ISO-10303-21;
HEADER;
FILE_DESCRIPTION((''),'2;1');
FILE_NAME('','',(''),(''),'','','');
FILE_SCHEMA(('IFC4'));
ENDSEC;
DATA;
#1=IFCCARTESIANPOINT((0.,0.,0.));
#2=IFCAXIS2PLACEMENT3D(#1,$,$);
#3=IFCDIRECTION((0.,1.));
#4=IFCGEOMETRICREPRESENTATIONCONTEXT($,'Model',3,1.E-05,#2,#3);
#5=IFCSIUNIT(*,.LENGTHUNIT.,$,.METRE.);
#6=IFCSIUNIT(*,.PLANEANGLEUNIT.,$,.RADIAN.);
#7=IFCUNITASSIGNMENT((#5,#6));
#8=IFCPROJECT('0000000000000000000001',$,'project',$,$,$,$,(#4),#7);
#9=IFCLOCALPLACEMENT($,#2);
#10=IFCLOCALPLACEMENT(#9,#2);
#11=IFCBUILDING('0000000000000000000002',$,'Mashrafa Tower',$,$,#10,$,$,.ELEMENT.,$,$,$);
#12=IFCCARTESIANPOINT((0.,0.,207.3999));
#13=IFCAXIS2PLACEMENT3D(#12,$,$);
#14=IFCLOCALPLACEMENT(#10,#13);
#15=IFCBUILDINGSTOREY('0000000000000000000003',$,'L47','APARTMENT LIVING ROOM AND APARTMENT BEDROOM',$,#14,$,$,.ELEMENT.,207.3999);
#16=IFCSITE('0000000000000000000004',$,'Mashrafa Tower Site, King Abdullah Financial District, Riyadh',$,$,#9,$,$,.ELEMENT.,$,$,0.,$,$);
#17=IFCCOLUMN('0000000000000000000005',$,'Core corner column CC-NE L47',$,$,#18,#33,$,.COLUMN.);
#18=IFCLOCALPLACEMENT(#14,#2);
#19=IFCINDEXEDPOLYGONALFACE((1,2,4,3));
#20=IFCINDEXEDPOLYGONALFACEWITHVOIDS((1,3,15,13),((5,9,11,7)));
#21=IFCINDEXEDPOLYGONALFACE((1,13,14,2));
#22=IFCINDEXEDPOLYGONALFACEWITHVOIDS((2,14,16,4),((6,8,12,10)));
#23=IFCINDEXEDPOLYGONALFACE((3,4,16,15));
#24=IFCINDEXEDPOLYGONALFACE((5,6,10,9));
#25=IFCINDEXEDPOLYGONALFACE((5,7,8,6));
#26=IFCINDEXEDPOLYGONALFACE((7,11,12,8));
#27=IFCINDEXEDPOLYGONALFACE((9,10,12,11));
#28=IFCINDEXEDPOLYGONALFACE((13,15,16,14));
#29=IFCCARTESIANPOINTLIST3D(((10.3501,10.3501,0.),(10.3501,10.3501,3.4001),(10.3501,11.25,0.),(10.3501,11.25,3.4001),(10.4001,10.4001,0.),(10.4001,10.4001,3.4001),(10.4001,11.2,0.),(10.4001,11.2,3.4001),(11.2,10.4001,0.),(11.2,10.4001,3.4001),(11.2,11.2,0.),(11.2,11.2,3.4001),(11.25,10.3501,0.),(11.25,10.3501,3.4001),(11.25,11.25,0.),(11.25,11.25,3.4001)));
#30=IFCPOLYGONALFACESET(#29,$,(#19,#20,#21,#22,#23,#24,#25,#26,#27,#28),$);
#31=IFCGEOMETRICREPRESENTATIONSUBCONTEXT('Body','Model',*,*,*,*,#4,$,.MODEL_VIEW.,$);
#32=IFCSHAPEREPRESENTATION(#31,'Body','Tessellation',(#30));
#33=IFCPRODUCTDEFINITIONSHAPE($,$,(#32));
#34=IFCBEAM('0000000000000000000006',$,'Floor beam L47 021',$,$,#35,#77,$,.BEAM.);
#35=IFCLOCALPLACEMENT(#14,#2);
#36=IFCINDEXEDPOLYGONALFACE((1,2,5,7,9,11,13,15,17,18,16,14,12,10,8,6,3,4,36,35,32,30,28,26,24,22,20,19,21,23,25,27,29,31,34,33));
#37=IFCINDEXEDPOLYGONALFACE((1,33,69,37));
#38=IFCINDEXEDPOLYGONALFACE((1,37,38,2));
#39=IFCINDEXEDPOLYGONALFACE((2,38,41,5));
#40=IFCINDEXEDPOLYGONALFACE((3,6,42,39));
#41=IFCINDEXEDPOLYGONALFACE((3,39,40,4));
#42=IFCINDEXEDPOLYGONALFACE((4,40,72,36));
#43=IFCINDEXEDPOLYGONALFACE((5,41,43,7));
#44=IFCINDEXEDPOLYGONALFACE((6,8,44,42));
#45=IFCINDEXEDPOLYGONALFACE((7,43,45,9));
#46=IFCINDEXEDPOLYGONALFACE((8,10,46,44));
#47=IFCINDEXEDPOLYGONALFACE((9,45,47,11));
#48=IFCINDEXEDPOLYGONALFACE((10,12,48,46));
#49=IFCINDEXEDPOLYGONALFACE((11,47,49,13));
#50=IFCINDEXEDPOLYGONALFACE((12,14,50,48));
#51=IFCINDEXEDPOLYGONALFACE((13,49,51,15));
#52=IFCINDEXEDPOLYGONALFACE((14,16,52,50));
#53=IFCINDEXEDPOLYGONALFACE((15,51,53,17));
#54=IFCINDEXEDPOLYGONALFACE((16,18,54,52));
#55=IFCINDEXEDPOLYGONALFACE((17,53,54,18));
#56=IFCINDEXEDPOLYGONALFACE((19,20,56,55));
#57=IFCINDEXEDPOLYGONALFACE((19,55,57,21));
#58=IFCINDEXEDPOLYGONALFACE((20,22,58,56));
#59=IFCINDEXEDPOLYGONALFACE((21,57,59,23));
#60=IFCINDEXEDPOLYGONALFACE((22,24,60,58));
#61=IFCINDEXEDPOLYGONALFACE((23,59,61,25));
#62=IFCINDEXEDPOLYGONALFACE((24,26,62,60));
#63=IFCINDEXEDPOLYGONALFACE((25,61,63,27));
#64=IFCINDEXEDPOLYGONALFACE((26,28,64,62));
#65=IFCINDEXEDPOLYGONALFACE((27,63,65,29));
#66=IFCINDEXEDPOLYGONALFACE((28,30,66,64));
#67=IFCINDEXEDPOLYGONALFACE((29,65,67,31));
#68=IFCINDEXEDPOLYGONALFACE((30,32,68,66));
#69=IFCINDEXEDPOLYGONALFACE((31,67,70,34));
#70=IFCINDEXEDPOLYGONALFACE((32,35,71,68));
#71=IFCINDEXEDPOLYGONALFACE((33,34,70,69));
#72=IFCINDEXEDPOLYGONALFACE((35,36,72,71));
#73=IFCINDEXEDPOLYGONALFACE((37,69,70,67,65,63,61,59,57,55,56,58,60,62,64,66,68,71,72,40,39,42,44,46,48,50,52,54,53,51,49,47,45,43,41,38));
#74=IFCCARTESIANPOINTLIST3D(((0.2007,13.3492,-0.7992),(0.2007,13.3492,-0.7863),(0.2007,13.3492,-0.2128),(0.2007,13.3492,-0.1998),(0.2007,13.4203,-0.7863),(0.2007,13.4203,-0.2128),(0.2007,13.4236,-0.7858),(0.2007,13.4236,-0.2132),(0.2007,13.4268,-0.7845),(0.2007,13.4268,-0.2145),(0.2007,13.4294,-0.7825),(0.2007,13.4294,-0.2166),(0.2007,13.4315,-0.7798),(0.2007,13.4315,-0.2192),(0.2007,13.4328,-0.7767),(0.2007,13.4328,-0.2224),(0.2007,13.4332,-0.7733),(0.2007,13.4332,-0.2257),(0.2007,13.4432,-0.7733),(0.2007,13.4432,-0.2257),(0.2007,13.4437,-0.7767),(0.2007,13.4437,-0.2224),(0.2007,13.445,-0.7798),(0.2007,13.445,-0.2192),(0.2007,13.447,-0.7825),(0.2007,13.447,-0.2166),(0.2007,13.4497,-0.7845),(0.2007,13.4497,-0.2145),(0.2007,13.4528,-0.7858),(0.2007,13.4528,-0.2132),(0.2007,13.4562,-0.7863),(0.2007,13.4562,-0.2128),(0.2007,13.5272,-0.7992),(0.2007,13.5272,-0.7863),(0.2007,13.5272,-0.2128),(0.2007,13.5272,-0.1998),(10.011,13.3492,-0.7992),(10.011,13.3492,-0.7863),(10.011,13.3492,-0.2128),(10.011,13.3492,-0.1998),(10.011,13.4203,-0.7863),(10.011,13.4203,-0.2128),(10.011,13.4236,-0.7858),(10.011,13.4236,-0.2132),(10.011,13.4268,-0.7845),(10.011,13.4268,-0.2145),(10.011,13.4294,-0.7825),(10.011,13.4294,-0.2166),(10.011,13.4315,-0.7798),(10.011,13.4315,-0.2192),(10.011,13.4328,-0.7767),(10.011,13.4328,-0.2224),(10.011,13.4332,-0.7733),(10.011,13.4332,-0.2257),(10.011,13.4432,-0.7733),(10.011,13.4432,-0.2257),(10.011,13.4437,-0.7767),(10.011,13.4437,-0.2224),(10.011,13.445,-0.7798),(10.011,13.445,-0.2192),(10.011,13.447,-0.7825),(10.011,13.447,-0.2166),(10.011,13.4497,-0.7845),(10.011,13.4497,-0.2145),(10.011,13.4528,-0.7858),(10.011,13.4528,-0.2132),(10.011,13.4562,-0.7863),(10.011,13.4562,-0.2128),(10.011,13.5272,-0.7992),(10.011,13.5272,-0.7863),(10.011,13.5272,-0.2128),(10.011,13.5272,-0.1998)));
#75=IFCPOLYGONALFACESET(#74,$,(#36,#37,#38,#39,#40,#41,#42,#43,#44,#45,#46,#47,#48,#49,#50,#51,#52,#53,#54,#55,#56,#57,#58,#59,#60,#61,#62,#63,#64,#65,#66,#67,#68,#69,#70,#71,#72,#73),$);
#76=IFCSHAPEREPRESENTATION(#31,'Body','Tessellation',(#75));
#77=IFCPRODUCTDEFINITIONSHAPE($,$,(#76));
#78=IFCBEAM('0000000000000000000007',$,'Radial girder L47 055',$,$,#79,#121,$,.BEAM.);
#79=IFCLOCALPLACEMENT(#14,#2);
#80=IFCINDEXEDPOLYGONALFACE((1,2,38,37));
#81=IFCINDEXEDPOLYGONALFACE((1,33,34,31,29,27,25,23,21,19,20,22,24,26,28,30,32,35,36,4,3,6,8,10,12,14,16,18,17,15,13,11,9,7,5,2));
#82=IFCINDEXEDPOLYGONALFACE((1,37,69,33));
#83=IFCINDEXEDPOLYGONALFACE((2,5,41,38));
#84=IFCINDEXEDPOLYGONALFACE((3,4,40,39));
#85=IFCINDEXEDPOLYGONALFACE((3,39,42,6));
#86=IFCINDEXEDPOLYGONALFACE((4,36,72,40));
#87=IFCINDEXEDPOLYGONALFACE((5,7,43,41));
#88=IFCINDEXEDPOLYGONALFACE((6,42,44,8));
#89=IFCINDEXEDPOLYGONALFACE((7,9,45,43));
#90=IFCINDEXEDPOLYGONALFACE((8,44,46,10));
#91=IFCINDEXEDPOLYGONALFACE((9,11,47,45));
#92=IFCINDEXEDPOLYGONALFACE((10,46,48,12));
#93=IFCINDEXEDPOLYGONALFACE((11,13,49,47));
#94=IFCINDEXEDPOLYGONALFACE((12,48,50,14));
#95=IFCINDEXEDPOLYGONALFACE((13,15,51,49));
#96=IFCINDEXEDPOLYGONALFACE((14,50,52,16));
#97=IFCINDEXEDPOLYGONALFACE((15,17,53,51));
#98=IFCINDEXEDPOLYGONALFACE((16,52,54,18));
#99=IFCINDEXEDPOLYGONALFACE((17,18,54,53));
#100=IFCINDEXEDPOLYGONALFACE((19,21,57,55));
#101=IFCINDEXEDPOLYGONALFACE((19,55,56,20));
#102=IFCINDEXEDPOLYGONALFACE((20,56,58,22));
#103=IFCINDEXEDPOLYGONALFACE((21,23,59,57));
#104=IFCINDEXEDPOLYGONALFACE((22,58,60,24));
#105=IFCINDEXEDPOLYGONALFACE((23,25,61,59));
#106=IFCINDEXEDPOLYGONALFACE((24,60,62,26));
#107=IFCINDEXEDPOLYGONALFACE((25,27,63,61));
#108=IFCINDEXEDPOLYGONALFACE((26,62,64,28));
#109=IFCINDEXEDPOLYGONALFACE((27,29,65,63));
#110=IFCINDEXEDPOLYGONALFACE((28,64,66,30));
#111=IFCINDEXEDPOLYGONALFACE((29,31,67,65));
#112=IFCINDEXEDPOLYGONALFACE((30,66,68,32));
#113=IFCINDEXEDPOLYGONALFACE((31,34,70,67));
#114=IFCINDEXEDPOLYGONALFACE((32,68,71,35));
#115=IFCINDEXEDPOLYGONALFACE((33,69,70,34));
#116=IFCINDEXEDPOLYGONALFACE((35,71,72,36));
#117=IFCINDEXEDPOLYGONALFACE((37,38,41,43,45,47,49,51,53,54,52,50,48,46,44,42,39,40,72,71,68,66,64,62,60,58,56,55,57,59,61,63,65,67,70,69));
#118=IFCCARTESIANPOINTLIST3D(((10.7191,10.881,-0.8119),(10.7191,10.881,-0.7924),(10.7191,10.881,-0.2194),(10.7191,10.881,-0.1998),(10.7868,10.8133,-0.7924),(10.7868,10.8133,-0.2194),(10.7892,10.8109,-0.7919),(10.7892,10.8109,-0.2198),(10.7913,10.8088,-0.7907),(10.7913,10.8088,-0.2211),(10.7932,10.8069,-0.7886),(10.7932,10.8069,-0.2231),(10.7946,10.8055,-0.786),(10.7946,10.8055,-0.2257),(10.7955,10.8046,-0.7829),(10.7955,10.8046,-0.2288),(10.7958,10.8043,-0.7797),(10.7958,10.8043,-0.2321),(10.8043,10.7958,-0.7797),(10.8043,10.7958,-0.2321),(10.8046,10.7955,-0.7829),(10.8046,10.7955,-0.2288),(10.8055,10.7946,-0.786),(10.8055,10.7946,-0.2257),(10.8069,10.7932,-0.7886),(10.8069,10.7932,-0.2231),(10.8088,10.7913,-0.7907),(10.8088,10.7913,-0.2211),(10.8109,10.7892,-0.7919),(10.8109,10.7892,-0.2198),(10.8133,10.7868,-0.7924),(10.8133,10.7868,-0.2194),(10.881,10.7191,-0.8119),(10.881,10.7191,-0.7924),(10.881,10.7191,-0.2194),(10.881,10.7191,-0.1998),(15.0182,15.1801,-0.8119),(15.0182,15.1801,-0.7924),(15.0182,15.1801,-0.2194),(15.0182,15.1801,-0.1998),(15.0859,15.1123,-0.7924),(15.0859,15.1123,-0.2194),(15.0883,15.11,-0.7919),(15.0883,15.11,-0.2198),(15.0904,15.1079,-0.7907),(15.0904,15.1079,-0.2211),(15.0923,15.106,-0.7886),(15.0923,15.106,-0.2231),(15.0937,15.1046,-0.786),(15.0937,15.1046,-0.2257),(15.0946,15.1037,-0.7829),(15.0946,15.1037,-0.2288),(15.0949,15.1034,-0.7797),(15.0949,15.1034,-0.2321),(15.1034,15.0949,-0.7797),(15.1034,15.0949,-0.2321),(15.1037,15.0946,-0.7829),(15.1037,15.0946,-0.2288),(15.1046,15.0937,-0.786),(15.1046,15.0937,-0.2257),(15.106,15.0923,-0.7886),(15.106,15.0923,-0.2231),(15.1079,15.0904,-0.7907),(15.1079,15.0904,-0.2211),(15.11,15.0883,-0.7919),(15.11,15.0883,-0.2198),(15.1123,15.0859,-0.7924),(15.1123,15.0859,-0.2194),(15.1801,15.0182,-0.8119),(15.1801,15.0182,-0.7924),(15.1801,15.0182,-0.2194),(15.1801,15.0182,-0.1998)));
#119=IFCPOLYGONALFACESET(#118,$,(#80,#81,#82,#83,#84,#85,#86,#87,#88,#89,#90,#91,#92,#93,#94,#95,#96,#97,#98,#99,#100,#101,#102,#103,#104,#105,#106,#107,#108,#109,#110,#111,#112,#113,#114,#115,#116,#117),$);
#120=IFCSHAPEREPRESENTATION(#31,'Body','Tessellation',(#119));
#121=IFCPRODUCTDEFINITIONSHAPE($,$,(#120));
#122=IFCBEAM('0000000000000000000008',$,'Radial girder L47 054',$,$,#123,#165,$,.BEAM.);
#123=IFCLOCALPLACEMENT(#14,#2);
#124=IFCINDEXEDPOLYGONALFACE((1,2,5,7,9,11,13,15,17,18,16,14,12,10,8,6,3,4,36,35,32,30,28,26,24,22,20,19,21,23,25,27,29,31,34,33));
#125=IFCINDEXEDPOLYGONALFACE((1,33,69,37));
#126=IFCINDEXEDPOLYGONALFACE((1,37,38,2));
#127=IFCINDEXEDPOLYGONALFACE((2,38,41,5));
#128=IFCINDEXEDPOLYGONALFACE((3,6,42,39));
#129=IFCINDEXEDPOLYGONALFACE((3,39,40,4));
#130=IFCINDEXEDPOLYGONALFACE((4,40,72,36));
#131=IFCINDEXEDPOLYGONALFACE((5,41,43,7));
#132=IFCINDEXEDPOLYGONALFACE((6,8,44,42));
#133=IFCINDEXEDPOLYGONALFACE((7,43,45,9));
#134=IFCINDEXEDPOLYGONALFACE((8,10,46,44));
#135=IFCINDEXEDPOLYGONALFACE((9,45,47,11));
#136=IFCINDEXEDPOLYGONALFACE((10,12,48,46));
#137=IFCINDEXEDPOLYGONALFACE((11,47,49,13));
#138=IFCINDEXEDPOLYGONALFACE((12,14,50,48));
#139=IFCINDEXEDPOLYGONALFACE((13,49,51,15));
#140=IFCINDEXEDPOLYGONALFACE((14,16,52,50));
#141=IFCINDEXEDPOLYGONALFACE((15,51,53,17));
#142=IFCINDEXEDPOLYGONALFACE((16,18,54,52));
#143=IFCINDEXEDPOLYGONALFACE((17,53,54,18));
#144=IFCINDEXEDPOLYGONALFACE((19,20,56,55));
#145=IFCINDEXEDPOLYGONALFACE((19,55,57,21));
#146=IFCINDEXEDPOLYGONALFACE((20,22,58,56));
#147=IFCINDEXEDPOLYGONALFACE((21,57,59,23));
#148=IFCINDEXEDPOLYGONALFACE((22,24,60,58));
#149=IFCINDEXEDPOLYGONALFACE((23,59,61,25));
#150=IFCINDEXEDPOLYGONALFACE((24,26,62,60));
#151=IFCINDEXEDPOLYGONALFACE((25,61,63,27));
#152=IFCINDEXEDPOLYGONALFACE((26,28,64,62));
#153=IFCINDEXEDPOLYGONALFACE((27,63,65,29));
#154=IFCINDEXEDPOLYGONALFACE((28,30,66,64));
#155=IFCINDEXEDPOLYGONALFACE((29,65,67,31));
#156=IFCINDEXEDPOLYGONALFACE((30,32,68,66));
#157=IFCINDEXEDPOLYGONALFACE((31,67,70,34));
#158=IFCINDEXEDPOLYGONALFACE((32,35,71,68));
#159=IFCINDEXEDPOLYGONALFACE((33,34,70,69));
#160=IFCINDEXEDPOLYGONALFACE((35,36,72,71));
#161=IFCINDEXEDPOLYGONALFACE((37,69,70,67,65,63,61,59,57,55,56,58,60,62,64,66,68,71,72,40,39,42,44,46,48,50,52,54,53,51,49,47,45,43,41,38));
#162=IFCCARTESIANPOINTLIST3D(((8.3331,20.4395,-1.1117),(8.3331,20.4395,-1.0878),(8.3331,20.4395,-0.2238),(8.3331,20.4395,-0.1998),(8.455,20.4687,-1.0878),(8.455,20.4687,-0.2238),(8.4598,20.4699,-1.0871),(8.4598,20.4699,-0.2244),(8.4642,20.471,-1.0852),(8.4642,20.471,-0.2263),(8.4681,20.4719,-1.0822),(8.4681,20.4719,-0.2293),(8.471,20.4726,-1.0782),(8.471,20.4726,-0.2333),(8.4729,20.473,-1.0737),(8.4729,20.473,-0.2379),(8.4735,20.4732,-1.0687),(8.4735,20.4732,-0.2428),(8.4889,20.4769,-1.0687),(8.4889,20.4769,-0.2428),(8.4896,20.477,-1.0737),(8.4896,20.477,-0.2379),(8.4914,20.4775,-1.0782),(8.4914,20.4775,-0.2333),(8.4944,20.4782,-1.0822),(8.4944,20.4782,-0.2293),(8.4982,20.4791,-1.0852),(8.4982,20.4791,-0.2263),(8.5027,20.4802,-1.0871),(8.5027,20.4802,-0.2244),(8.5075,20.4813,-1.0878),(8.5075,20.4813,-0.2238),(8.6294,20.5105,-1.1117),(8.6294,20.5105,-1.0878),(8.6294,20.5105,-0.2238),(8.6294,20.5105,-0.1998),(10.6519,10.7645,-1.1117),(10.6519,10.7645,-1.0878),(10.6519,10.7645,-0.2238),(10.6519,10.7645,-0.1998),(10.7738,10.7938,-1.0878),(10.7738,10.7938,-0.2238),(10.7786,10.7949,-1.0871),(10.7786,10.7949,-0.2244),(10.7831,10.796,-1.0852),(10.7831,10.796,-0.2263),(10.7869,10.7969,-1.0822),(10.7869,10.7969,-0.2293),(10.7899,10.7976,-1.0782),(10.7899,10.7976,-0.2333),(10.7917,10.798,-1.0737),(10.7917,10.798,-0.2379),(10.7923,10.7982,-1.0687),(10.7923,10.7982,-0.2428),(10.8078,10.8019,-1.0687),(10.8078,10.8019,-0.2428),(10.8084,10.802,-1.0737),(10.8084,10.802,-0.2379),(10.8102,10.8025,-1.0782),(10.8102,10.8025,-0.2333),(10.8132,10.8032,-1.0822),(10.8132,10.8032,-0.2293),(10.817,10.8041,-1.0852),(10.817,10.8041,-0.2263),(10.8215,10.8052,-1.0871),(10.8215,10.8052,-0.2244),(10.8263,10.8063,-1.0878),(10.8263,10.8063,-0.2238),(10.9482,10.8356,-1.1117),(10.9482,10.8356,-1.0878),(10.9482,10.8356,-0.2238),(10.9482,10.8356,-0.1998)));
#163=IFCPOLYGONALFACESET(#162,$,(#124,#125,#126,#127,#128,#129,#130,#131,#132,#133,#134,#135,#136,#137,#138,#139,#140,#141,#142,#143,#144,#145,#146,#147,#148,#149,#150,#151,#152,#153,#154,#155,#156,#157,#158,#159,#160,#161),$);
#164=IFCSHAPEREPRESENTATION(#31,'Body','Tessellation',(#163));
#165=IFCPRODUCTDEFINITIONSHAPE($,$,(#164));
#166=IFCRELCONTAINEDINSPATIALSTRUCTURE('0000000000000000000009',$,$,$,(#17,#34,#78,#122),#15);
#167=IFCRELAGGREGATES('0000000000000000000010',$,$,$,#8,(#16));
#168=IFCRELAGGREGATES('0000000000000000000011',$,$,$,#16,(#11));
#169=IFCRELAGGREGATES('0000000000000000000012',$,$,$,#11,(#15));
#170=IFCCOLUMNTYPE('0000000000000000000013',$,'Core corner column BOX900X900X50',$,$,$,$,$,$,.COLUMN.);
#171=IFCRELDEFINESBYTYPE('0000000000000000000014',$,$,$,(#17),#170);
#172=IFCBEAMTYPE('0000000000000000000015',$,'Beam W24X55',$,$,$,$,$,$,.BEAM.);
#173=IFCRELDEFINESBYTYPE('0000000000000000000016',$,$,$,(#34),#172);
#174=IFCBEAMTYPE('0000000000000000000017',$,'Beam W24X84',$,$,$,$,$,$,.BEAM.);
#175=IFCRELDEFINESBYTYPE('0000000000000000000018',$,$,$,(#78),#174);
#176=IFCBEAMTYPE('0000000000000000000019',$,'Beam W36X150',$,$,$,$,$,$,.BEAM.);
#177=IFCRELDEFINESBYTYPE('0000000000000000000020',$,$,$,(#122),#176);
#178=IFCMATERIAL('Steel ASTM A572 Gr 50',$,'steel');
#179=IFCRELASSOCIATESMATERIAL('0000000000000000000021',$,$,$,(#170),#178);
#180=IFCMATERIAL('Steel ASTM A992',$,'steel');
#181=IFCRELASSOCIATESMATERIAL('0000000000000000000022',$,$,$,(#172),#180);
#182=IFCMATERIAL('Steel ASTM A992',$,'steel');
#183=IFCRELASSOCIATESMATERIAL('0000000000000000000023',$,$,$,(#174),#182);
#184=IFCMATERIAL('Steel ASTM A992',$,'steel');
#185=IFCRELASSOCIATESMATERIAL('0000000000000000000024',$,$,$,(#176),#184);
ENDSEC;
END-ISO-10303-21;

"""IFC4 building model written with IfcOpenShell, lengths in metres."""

from ifc_helpers import new_model, si_unit, direction, frame, origin, origin_2d, place, context, subcontext, project, spatial, hollow_rectangle, i_section, extrude, material, material_profile, profile_set, type_object, element, save


model = new_model("IFC4")

# Units and contexts
model_context = context("Model", 3, precision=1e-05, world=origin(), true_north=direction((0.0, 1.0)))
body_context = subcontext(model_context, "Body", "Model", "MODEL_VIEW")
ifc_project = project(units=[si_unit("LENGTHUNIT", "METRE"), si_unit("PLANEANGLEUNIT", "RADIAN")], contexts=[model_context])

# Site, building, storey
site_placement = place(None, origin())
site = spatial("IfcSite", under=ifc_project, at=site_placement, Name="Mashrafa Tower Site, King Abdullah Financial District, Riyadh", CompositionType="ELEMENT", RefElevation=0.0)
building_placement = place(site_placement, origin())
building = spatial("IfcBuilding", under=site, at=building_placement, Name="Mashrafa Tower", CompositionType="ELEMENT")
storey_placement = place(building_placement, frame((0.0, 0.0, 207.3999)))
storey = spatial("IfcBuildingStorey", under=building, at=storey_placement, Name="L47", Description="APARTMENT LIVING ROOM AND APARTMENT BEDROOM", CompositionType="ELEMENT", Elevation=207.3999)

# Column
ifc_material_1 = material(Name="Steel ASTM A572 Gr 50", Category="steel")
ifc_material_profile_1 = material_profile(ifc_material_1, hollow_rectangle(XDim=0.8999, YDim=0.8999, WallThickness=0.05, at=origin_2d()), Name="BOX900X900X50")
ifc_profile_set_1 = profile_set([ifc_material_profile_1], Name="Steel ASTM A572 Gr 50")
column_type = type_object("IfcColumnType", Name="Core corner column BOX900X900X50", PredefinedType="COLUMN", material=ifc_profile_set_1)
column_placement = place(storey_placement, frame((10.8, 10.8, 0.0), z_axis=(0.0, 0.0, 1.0), x_axis=(1.0, 0.0, 0.0)))
element("IfcColumn", 1, at=column_placement, inside=storey, type_object=column_type, Name="Core corner column CC-NE L47", PredefinedType="COLUMN", context=body_context, shape_type="SweptSolid", body=[
    extrude(hollow_rectangle(XDim=0.8999, YDim=0.8999, WallThickness=0.05, at=origin_2d()), origin(), (0.0, 0.0, 1.0), 3.4001),
])

# Beams
ifc_material_2 = material(Name="Steel ASTM A992", Category="steel")
ifc_material_profile_2 = material_profile(ifc_material_2, i_section(OverallWidth=0.178, OverallDepth=0.5994, WebThickness=0.01, FlangeThickness=0.0129, FilletRadius=0.0129, at=origin_2d()), Name="W24X55")
ifc_profile_set_2 = profile_set([ifc_material_profile_2], Name="Steel ASTM A992")
beam_type_1 = type_object("IfcBeamType", Name="Beam W24X55", PredefinedType="BEAM", material=ifc_profile_set_2)
beam_1_placement = place(storey_placement, frame((0.2007, 13.4382, -0.4995), z_axis=(1.0, 0.0, 0.0), x_axis=(0.0, 1.0, 0.0)))
element("IfcBeam", 2, at=beam_1_placement, inside=storey, type_object=beam_type_1, Name="Floor beam L47 021", PredefinedType="BEAM", context=body_context, shape_type="SweptSolid", body=[
    extrude(i_section(OverallWidth=0.178, OverallDepth=0.5994, WebThickness=0.01, FlangeThickness=0.0129, FilletRadius=0.0129, at=origin_2d()), origin(), (0.0, 0.0, 1.0), 9.8103),
])
ifc_material_3 = material(Name="Steel ASTM A992", Category="steel")
ifc_material_profile_3 = material_profile(ifc_material_3, i_section(OverallWidth=0.229, OverallDepth=0.6121, WebThickness=0.012, FlangeThickness=0.0195, FilletRadius=0.0127, at=origin_2d()), Name="W24X84")
ifc_profile_set_3 = profile_set([ifc_material_profile_3], Name="Steel ASTM A992")
beam_type_2 = type_object("IfcBeamType", Name="Beam W24X84", PredefinedType="BEAM", material=ifc_profile_set_3)
beam_2_placement = place(storey_placement, frame((10.8, 10.8, -0.5059), z_axis=(0.707107, 0.707107, 0.0), x_axis=(-0.707107, 0.707107, 0.0)))
element("IfcBeam", 3, at=beam_2_placement, inside=storey, type_object=beam_type_2, Name="Radial girder L47 055", PredefinedType="BEAM", context=body_context, shape_type="SweptSolid", body=[
    extrude(i_section(OverallWidth=0.229, OverallDepth=0.6121, WebThickness=0.012, FlangeThickness=0.0195, FilletRadius=0.0127, at=origin_2d()), origin(), (0.0, 0.0, 1.0), 6.0798),
])
ifc_material_4 = material(Name="Steel ASTM A992", Category="steel")
ifc_material_profile_4 = material_profile(ifc_material_4, i_section(OverallWidth=0.3047, OverallDepth=0.9119, WebThickness=0.0159, FlangeThickness=0.0239, FilletRadius=0.019, at=origin_2d()), Name="W36X150")
ifc_profile_set_4 = profile_set([ifc_material_profile_4], Name="Steel ASTM A992")
beam_type_3 = type_object("IfcBeamType", Name="Beam W36X150", PredefinedType="BEAM", material=ifc_profile_set_4)
for number, where, z_axis, x_axis, name in (
    (4, (10.8, 10.8, -0.6558), (-0.233072, 0.972459, 0.0), (-0.972459, -0.233072, 0.0), "Radial girder L47 054"),
):
    element("IfcBeam", number, at=place(storey_placement, frame(where, z_axis=z_axis, x_axis=x_axis)), inside=storey, type_object=beam_type_3, Name=name, PredefinedType="BEAM", context=body_context, shape_type="SweptSolid", body=[
        extrude(i_section(OverallWidth=0.3047, OverallDepth=0.9119, WebThickness=0.0159, FlangeThickness=0.0239, FilletRadius=0.019, at=origin_2d()), origin(), (0.0, 0.0, 1.0), 9.949),
    ])

save(model, "model.ifc")
